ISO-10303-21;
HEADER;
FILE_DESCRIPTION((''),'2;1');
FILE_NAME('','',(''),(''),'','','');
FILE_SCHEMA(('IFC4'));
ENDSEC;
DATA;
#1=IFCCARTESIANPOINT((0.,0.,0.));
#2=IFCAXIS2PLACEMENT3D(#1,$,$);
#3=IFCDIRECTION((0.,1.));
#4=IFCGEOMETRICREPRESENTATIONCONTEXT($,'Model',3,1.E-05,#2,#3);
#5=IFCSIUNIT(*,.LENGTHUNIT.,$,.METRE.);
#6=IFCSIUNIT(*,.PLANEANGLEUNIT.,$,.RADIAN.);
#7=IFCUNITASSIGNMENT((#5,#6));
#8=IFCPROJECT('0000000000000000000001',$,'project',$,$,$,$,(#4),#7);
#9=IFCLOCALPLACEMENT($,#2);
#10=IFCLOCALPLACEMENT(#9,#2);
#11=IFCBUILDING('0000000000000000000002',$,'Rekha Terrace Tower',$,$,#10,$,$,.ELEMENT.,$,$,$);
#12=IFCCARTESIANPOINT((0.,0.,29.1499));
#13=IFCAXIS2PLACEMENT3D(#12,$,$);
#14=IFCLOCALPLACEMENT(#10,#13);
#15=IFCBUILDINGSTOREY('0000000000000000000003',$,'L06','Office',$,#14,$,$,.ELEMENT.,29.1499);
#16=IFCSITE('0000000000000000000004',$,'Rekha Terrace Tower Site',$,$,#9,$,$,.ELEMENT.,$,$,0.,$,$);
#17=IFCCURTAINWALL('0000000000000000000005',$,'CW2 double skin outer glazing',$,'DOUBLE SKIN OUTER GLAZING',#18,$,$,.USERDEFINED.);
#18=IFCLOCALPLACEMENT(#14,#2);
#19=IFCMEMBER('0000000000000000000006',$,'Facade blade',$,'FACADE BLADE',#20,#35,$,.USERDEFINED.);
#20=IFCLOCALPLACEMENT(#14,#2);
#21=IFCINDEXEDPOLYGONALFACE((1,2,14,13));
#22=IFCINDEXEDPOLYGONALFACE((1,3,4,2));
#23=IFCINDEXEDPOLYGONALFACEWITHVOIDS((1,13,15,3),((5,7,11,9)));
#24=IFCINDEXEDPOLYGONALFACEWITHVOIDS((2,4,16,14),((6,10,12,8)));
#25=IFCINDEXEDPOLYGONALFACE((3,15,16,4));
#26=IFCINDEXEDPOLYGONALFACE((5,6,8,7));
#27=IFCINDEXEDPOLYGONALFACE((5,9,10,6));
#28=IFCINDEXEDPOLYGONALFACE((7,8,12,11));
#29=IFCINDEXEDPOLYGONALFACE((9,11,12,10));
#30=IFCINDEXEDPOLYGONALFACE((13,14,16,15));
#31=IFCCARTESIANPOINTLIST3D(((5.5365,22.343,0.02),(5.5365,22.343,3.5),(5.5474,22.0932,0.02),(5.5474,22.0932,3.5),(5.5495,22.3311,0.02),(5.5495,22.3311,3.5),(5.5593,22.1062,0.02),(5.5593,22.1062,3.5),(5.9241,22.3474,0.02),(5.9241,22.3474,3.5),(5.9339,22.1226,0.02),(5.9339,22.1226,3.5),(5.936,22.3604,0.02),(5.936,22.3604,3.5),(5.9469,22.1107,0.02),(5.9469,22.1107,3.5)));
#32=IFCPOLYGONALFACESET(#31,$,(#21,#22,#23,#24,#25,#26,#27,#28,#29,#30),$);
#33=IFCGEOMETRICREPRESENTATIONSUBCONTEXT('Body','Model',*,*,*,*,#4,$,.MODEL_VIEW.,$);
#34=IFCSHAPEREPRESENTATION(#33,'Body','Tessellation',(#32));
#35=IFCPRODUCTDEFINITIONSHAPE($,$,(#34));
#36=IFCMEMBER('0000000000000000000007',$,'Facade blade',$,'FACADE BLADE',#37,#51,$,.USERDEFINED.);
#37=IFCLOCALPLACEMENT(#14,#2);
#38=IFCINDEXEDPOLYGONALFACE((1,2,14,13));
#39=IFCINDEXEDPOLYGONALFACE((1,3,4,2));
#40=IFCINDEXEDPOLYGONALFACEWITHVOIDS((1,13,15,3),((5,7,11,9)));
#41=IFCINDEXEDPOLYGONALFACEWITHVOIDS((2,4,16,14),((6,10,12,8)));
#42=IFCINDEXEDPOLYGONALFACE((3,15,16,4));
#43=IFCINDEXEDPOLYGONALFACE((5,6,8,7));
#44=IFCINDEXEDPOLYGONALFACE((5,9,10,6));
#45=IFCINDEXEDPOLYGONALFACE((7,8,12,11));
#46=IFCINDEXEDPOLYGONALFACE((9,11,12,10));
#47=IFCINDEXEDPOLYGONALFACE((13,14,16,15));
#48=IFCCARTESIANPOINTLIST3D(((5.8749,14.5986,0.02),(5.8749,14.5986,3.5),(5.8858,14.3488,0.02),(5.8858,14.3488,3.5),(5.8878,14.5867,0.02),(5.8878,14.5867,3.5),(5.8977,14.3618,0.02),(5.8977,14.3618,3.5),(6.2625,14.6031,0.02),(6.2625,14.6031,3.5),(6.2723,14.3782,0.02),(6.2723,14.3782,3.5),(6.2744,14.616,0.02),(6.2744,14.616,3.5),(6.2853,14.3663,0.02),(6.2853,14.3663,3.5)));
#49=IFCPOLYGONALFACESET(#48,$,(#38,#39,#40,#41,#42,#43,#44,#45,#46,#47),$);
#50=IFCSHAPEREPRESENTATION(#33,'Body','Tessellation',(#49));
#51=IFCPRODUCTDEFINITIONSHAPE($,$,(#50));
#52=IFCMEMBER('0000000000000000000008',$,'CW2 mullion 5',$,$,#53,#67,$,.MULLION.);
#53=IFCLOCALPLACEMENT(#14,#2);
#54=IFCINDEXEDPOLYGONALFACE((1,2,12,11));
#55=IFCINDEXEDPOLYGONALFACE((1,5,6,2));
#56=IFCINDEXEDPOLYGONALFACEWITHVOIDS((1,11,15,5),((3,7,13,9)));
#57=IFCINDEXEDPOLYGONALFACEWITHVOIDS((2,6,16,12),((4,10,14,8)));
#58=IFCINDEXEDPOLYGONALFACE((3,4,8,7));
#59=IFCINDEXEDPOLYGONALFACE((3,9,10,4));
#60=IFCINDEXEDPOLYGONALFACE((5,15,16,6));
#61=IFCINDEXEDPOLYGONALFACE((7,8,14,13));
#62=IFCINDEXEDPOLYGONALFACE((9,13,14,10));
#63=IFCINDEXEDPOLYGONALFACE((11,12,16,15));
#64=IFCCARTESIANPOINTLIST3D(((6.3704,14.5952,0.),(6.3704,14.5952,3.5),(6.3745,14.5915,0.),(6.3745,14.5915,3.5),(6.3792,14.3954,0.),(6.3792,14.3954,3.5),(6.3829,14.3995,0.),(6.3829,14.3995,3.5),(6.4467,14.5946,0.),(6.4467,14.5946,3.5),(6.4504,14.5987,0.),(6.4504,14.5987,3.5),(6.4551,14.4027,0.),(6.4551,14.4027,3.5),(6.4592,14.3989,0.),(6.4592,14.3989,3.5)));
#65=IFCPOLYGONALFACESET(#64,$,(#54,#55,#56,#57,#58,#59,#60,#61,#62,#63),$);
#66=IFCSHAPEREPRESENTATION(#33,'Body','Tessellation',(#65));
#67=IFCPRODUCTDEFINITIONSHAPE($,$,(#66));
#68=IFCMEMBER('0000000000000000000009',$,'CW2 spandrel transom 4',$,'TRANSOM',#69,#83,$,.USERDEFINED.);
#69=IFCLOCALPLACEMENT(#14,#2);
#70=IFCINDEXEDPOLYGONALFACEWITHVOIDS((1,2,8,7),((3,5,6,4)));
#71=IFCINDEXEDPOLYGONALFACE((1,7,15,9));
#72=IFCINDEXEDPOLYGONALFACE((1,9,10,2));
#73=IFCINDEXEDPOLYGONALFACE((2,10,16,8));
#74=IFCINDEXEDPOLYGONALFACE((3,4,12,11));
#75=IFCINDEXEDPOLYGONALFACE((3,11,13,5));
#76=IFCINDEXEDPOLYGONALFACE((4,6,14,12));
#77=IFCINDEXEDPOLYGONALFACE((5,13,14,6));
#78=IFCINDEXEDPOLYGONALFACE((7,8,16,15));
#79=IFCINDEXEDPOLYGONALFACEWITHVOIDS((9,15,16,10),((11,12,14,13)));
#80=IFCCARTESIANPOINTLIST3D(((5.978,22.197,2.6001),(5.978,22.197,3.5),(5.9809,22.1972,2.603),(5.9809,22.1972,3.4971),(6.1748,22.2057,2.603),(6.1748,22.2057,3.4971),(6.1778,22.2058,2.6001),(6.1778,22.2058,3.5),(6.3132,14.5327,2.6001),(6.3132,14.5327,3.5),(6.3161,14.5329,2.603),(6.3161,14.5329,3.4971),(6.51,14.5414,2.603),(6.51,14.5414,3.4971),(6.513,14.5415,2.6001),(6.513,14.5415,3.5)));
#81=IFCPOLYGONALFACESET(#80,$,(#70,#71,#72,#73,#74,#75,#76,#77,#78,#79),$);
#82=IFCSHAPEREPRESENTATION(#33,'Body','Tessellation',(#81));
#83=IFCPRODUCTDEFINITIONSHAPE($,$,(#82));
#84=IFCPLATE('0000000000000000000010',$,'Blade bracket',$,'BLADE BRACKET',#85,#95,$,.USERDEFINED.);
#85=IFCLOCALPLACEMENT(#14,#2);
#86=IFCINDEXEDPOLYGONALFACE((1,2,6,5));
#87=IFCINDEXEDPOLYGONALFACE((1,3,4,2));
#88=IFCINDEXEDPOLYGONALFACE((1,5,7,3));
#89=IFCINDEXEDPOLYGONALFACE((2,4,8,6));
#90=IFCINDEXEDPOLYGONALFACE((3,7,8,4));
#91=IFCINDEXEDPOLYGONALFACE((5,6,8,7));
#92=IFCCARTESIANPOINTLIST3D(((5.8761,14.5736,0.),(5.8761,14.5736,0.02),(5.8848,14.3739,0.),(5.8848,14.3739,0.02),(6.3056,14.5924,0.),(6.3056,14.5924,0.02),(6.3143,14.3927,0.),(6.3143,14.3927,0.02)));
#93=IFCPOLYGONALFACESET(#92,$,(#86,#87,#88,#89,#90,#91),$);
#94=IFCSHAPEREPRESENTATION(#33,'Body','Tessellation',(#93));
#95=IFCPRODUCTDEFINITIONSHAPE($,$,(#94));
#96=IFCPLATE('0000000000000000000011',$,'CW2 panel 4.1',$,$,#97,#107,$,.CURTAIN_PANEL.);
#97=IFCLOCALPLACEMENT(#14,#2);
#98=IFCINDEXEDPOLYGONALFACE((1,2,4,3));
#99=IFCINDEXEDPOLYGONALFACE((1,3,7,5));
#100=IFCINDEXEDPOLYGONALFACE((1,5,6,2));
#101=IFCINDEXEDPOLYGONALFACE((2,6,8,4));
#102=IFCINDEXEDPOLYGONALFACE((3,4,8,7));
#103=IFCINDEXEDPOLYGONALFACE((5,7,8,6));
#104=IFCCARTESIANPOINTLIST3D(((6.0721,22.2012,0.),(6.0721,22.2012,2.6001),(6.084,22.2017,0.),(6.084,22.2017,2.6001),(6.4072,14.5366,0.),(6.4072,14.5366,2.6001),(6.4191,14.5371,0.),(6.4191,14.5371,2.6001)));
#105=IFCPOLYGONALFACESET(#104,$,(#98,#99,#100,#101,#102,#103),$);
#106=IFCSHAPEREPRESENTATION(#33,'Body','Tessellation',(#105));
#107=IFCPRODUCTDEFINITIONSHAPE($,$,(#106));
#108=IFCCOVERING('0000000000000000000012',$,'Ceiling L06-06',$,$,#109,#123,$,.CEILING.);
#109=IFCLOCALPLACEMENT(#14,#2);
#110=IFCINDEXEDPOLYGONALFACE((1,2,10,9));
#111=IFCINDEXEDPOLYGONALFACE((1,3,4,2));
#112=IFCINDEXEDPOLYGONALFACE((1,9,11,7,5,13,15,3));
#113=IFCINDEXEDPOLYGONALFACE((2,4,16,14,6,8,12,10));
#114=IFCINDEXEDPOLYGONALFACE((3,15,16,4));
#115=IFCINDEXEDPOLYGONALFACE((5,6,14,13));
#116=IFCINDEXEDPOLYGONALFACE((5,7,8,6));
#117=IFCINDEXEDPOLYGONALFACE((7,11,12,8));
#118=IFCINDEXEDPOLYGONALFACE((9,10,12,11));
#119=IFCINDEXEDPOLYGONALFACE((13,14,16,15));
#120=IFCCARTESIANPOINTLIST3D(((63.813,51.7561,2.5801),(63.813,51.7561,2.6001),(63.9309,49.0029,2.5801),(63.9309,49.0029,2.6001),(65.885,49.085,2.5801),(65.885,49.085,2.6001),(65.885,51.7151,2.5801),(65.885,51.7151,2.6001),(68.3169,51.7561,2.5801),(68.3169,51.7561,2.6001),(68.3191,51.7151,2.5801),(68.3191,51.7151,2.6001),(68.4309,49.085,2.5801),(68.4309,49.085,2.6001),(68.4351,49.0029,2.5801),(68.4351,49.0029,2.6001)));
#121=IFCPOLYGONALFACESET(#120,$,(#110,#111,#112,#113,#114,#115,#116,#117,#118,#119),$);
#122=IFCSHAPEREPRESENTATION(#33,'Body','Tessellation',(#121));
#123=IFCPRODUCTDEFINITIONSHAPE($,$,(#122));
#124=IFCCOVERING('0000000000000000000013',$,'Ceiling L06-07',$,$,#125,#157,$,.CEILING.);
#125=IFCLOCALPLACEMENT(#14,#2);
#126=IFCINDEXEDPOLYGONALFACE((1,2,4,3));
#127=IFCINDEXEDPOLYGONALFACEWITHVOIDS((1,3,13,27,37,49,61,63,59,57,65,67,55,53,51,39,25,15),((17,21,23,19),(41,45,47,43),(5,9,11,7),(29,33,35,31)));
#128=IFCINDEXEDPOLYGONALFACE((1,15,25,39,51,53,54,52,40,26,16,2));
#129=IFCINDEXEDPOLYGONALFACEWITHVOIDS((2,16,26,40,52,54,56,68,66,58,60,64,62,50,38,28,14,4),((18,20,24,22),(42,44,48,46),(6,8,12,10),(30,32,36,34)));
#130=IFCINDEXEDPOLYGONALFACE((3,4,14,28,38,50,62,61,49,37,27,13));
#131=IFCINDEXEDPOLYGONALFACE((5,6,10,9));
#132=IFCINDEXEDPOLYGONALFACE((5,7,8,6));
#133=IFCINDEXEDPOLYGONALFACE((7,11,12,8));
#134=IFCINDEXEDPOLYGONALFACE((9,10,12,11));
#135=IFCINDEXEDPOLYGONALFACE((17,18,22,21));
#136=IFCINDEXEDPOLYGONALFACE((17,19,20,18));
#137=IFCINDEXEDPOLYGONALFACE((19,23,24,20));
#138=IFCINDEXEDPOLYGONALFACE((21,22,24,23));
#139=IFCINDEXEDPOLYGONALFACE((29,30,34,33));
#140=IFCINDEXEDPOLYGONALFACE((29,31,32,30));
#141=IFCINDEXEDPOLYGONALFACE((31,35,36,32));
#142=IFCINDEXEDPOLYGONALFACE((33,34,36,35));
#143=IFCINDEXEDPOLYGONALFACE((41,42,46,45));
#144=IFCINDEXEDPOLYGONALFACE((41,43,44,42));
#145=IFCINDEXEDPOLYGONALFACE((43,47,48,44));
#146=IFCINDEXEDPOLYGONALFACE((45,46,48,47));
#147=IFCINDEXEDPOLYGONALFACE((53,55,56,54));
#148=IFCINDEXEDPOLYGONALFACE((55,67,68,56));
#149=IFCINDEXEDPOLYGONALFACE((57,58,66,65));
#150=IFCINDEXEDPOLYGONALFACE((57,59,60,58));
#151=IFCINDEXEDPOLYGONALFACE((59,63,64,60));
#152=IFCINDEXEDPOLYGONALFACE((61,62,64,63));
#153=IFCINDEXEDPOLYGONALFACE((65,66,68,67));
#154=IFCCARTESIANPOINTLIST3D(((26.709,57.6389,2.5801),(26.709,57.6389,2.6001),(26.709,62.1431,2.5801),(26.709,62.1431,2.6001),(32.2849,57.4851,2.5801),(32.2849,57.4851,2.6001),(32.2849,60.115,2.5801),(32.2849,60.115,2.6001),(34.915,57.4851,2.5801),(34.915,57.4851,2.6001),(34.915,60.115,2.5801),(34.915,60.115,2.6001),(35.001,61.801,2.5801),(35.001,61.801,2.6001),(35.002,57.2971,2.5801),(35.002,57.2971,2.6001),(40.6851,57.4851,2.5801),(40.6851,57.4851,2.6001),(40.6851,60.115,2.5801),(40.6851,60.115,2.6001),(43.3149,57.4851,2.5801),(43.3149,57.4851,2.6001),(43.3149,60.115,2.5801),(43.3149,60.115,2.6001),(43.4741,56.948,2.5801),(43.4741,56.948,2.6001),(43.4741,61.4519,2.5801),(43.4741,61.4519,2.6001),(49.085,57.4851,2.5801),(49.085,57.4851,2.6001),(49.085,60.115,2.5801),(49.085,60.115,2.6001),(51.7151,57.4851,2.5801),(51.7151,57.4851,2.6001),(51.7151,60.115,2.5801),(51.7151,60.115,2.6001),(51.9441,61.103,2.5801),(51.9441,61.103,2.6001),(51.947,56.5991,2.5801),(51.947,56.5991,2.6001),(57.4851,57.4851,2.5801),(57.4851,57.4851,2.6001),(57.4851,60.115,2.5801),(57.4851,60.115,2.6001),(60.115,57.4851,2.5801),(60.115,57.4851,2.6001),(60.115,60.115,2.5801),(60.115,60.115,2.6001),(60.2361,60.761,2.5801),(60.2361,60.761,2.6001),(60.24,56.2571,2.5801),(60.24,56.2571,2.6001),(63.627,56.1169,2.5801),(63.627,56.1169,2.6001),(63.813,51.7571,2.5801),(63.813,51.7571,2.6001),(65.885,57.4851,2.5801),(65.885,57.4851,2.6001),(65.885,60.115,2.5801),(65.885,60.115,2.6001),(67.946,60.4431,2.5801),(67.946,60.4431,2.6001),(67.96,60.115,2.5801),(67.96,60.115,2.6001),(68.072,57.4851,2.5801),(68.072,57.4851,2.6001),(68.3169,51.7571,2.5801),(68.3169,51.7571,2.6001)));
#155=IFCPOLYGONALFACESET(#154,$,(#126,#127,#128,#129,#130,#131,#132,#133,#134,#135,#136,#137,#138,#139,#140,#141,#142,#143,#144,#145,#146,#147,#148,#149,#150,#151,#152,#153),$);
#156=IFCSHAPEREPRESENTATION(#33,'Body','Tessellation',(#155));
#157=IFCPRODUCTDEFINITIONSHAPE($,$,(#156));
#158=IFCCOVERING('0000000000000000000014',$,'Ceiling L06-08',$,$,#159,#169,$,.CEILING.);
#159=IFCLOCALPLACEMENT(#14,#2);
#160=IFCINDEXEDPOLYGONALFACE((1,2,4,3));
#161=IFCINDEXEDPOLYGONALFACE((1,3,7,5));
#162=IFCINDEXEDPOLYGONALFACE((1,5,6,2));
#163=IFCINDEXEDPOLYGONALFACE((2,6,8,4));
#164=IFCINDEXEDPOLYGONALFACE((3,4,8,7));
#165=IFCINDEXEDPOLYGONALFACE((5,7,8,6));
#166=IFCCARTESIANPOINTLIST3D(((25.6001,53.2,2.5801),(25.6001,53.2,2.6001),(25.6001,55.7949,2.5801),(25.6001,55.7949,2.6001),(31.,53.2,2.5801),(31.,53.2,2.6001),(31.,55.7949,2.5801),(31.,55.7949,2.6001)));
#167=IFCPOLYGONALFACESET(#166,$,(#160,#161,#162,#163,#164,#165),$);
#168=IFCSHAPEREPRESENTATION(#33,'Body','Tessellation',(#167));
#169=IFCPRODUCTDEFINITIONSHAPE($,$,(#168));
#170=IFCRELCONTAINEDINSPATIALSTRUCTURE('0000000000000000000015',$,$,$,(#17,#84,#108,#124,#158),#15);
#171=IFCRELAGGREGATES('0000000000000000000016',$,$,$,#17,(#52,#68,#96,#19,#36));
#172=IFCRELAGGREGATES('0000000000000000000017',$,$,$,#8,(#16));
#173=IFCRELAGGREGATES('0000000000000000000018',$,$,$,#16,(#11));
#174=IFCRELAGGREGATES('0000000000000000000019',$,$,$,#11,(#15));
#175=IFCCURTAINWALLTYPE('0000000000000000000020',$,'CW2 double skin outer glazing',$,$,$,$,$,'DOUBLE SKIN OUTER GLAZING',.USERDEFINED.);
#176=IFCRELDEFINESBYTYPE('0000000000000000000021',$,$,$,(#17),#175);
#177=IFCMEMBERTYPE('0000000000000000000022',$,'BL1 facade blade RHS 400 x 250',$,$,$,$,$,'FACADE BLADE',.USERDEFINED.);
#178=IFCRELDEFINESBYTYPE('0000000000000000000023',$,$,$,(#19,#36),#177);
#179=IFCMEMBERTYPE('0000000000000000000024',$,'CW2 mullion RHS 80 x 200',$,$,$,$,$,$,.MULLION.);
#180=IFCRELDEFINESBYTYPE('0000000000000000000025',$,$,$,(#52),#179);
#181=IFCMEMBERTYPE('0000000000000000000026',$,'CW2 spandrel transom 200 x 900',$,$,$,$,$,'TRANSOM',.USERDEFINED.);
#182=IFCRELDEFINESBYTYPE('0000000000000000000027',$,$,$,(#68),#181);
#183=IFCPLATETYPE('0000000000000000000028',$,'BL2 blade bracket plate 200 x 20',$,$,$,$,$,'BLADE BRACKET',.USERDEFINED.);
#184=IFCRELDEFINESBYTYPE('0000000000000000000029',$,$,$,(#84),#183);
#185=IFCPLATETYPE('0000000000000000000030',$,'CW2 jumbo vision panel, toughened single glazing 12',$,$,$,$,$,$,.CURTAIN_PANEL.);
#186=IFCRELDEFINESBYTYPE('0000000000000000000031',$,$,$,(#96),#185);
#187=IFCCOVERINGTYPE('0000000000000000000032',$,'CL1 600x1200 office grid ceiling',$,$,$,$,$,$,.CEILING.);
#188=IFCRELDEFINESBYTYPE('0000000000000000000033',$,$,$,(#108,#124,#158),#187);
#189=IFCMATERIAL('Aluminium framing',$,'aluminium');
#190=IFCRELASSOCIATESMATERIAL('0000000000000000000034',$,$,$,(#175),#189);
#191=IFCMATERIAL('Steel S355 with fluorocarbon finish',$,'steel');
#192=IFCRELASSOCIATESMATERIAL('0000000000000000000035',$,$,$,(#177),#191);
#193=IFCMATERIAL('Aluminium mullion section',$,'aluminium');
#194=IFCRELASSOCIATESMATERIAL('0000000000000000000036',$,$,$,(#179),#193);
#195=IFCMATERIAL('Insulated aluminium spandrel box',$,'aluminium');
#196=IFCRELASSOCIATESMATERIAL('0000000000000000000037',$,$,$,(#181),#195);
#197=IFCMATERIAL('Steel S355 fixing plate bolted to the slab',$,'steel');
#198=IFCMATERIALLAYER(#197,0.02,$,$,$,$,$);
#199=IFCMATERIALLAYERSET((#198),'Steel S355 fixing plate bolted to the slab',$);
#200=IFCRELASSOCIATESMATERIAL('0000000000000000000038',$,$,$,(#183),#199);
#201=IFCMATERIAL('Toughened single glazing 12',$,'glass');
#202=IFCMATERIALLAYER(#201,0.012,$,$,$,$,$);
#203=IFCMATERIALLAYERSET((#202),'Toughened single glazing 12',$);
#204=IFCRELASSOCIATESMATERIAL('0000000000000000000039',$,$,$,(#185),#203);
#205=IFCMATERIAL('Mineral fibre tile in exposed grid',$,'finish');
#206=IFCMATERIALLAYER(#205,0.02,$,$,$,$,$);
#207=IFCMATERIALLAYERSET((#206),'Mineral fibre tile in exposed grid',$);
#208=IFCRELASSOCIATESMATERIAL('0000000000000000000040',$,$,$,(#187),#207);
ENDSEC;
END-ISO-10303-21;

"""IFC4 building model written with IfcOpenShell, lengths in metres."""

from ifc_helpers import new_model, si_unit, direction, frame, origin, origin_2d, place, context, subcontext, project, spatial, polyline, rectangle, hollow_rectangle, outline, extrude, material, layer, layer_set, material_profile, profile_set, type_object, element, aggregate, save


model = new_model("IFC4")

# Units and contexts
model_context = context("Model", 3, precision=1e-05, world=origin(), true_north=direction((0.0, 1.0)))
body_context = subcontext(model_context, "Body", "Model", "MODEL_VIEW")
ifc_project = project(units=[si_unit("LENGTHUNIT", "METRE"), si_unit("PLANEANGLEUNIT", "RADIAN")], contexts=[model_context])

# Site, building, storey
site_placement = place(None, origin())
site = spatial("IfcSite", under=ifc_project, at=site_placement, Name="Rekha Terrace Tower Site", CompositionType="ELEMENT", RefElevation=0.0)
building_placement = place(site_placement, origin())
building = spatial("IfcBuilding", under=site, at=building_placement, Name="Rekha Terrace Tower", CompositionType="ELEMENT")
storey_placement = place(building_placement, frame((0.0, 0.0, 29.1499)))
storey = spatial("IfcBuildingStorey", under=building, at=storey_placement, Name="L06", Description="Office", CompositionType="ELEMENT", Elevation=29.1499)

# Curtain wall, members
ifc_material_1 = material(Name="Aluminium framing", Category="aluminium")
curtain_wall_type = type_object("IfcCurtainWallType", Name="CW2 double skin outer glazing", ElementType="DOUBLE SKIN OUTER GLAZING", PredefinedType="USERDEFINED", material=ifc_material_1)
curtain_wall_placement = place(storey_placement, origin())
curtain_wall = element("IfcCurtainWall", 1, at=curtain_wall_placement, inside=storey, type_object=curtain_wall_type, Name="CW2 double skin outer glazing", ObjectType="DOUBLE SKIN OUTER GLAZING", PredefinedType="USERDEFINED")
ifc_material_2 = material(Name="Steel S355 with fluorocarbon finish", Category="steel")
ifc_material_profile_1 = material_profile(ifc_material_2, hollow_rectangle(XDim=0.25, YDim=0.3999, WallThickness=0.0125, at=origin_2d()), Name="RHS400x250x12.5")
ifc_profile_set_1 = profile_set([ifc_material_profile_1], Name="Steel S355 with fluorocarbon finish")
member_type_1 = type_object("IfcMemberType", Name="BL1 facade blade RHS 400 x 250", ElementType="FACADE BLADE", PredefinedType="USERDEFINED", material=ifc_profile_set_1)
member_1_placement = place(storey_placement, frame((5.7417, 22.2268, 0.02), z_axis=(0.0, 0.0, 1.0), x_axis=(0.043682, -0.999045, 0.0)))
member_1 = element("IfcMember", 2, at=member_1_placement, type_object=member_type_1, Name="Facade blade", ObjectType="FACADE BLADE", PredefinedType="USERDEFINED", context=body_context, shape_type="SweptSolid", body=[
    extrude(hollow_rectangle(XDim=0.25, YDim=0.3999, WallThickness=0.0125, at=origin_2d()), origin(), (0.0, 0.0, 1.0), 3.48),
])
member_2_placement = place(storey_placement, frame((6.0801, 14.4824, 0.02), z_axis=(0.0, 0.0, 1.0), x_axis=(0.043682, -0.999045, 0.0)))
member_2 = element("IfcMember", 3, at=member_2_placement, type_object=member_type_1, Name="Facade blade", ObjectType="FACADE BLADE", PredefinedType="USERDEFINED", context=body_context, shape_type="SweptSolid", body=[
    extrude(hollow_rectangle(XDim=0.25, YDim=0.3999, WallThickness=0.0125, at=origin_2d()), origin(), (0.0, 0.0, 1.0), 3.48),
])
ifc_material_3 = material(Name="Aluminium mullion section", Category="aluminium")
ifc_material_profile_2 = material_profile(ifc_material_3, hollow_rectangle(XDim=0.0801, YDim=0.2, WallThickness=0.0039, at=origin_2d()), Name="AL RHS 80x200")
ifc_profile_set_2 = profile_set([ifc_material_profile_2], Name="Aluminium mullion section")
member_type_2 = type_object("IfcMemberType", Name="CW2 mullion RHS 80 x 200", PredefinedType="MULLION", material=ifc_profile_set_2)
member_3_placement = place(storey_placement, frame((6.4148, 14.4971, 0.0), z_axis=(0.0, 0.0, 1.0), x_axis=(0.999045, 0.043683, 0.0)))
member_3 = element("IfcMember", 4, at=member_3_placement, type_object=member_type_2, Name="CW2 mullion 5", PredefinedType="MULLION", context=body_context, shape_type="SweptSolid", body=[
    extrude(hollow_rectangle(XDim=0.0801, YDim=0.2, WallThickness=0.0039, at=origin_2d()), origin(), (0.0, 0.0, 1.0), 3.5),
])
ifc_material_4 = material(Name="Insulated aluminium spandrel box", Category="aluminium")
ifc_material_profile_3 = material_profile(ifc_material_4, hollow_rectangle(XDim=0.2, YDim=0.8999, WallThickness=0.0029, at=origin_2d()), Name="AL SPANDREL BOX 200x900")
ifc_profile_set_3 = profile_set([ifc_material_profile_3], Name="Insulated aluminium spandrel box")
member_type_3 = type_object("IfcMemberType", Name="CW2 spandrel transom 200 x 900", ElementType="TRANSOM", PredefinedType="USERDEFINED", material=ifc_profile_set_3)
member_4_placement = place(storey_placement, frame((6.0779, 22.2014, 3.05), z_axis=(0.043694, -0.999045, 0.0), x_axis=(0.999045, 0.043694, 0.0)))
member_4 = element("IfcMember", 5, at=member_4_placement, type_object=member_type_3, Name="CW2 spandrel transom 4", ObjectType="TRANSOM", PredefinedType="USERDEFINED", context=body_context, shape_type="SweptSolid", body=[
    extrude(hollow_rectangle(XDim=0.2, YDim=0.8999, WallThickness=0.0029, at=origin_2d()), origin(), (0.0, 0.0, 1.0), 7.6716),
])

# Plates
ifc_material_5 = material(Name="Steel S355 fixing plate bolted to the slab", Category="steel")
ifc_layer_1 = layer(ifc_material_5, 0.02)
ifc_layer_set_1 = layer_set([ifc_layer_1], Name="Steel S355 fixing plate bolted to the slab")
plate_type_1 = type_object("IfcPlateType", Name="BL2 blade bracket plate 200 x 20", ElementType="BLADE BRACKET", PredefinedType="USERDEFINED", material=ifc_layer_set_1)
plate_1_placement = place(storey_placement, frame((6.0952, 14.4832, 0.0), z_axis=(0.0, 0.0, 1.0), x_axis=(-0.999045, -0.043682, 0.0)))
element("IfcPlate", 6, at=plate_1_placement, inside=storey, type_object=plate_type_1, Name="Blade bracket", ObjectType="BLADE BRACKET", PredefinedType="USERDEFINED", context=body_context, shape_type="SweptSolid", body=[
    extrude(rectangle(XDim=0.4299, YDim=0.2, at=origin_2d()), origin(), (0.0, 0.0, 1.0), 0.02),
])
ifc_material_6 = material(Name="Toughened single glazing 12", Category="glass")
ifc_layer_2 = layer(ifc_material_6, 0.012)
ifc_layer_set_2 = layer_set([ifc_layer_2], Name="Toughened single glazing 12")
plate_type_2 = type_object("IfcPlateType", Name="CW2 jumbo vision panel, toughened single glazing 12", PredefinedType="CURTAIN_PANEL", material=ifc_layer_set_2)
plate_2_placement = place(storey_placement, frame((6.2456, 18.3691, 0.0), z_axis=(0.0, 0.0, 1.0), x_axis=(0.043683, -0.999045, 0.0)))
plate_2 = element("IfcPlate", 7, at=plate_2_placement, type_object=plate_type_2, Name="CW2 panel 4.1", PredefinedType="CURTAIN_PANEL", context=body_context, shape_type="SweptSolid", body=[
    extrude(rectangle(XDim=7.6719, YDim=0.012, at=origin_2d()), origin(), (0.0, 0.0, 1.0), 2.6001),
])
aggregate(curtain_wall, [member_3, member_4, plate_2, member_1, member_2])

# Coverings
ifc_material_7 = material(Name="Mineral fibre tile in exposed grid", Category="finish")
ifc_layer_3 = layer(ifc_material_7, 0.02)
ifc_layer_set_3 = layer_set([ifc_layer_3], Name="Mineral fibre tile in exposed grid")
covering_type_1 = type_object("IfcCoveringType", Name="CL1 600x1200 office grid ceiling", PredefinedType="CEILING", material=ifc_layer_set_3)
covering_1_placement = place(storey_placement, frame((0.0, 0.0, 2.5801)))
element("IfcCovering", 8, at=covering_1_placement, inside=storey, type_object=covering_type_1, Name="Ceiling L06-06", PredefinedType="CEILING", context=body_context, shape_type="SweptSolid", body=[
    extrude(outline(polyline([(68.3169, 51.7561), (63.813, 51.7561), (63.9309, 49.0029), (68.4351, 49.0029), (68.4309, 49.085), (65.885, 49.085), (65.885, 51.7151), (68.3191, 51.7151), (68.3169, 51.7561)])), origin(), (0.0, 0.0, 1.0), 0.02),
])
covering_2_placement = place(storey_placement, frame((0.0, 0.0, 2.5801)))
element("IfcCovering", 9, at=covering_2_placement, inside=storey, type_object=covering_type_1, Name="Ceiling L06-07", PredefinedType="CEILING", context=body_context, shape_type="SweptSolid", body=[
    extrude(outline(polyline([(43.4741, 61.4519), (35.001, 61.801), (26.709, 62.1431), (26.709, 57.6389), (35.002, 57.2971), (43.4741, 56.948), (51.947, 56.5991), (60.24, 56.2571), (63.627, 56.1169), (63.813, 51.7571), (68.3169, 51.7571), (68.072, 57.4851), (65.885, 57.4851), (65.885, 60.115), (67.96, 60.115), (67.946, 60.4431), (60.2361, 60.761), (51.9441, 61.103), (43.4741, 61.4519)]), holes=[polyline([(60.115, 57.4851), (57.4851, 57.4851), (57.4851, 60.115), (60.115, 60.115), (60.115, 57.4851)]), polyline([(51.7151, 57.4851), (49.085, 57.4851), (49.085, 60.115), (51.7151, 60.115), (51.7151, 57.4851)]), polyline([(43.3149, 57.4851), (40.6851, 57.4851), (40.6851, 60.115), (43.3149, 60.115), (43.3149, 57.4851)]), polyline([(34.915, 57.4851), (32.2849, 57.4851), (32.2849, 60.115), (34.915, 60.115), (34.915, 57.4851)])]), origin(), (0.0, 0.0, 1.0), 0.02),
])
covering_3_placement = place(storey_placement, frame((0.0, 0.0, 2.5801)))
element("IfcCovering", 10, at=covering_3_placement, inside=storey, type_object=covering_type_1, Name="Ceiling L06-08", PredefinedType="CEILING", context=body_context, shape_type="SweptSolid", body=[
    extrude(outline(polyline([(31.0, 53.2), (31.0, 55.7949), (25.6001, 55.7949), (25.6001, 53.2), (31.0, 53.2)])), origin(), (0.0, 0.0, 1.0), 0.02),
])

save(model, "model.ifc")
